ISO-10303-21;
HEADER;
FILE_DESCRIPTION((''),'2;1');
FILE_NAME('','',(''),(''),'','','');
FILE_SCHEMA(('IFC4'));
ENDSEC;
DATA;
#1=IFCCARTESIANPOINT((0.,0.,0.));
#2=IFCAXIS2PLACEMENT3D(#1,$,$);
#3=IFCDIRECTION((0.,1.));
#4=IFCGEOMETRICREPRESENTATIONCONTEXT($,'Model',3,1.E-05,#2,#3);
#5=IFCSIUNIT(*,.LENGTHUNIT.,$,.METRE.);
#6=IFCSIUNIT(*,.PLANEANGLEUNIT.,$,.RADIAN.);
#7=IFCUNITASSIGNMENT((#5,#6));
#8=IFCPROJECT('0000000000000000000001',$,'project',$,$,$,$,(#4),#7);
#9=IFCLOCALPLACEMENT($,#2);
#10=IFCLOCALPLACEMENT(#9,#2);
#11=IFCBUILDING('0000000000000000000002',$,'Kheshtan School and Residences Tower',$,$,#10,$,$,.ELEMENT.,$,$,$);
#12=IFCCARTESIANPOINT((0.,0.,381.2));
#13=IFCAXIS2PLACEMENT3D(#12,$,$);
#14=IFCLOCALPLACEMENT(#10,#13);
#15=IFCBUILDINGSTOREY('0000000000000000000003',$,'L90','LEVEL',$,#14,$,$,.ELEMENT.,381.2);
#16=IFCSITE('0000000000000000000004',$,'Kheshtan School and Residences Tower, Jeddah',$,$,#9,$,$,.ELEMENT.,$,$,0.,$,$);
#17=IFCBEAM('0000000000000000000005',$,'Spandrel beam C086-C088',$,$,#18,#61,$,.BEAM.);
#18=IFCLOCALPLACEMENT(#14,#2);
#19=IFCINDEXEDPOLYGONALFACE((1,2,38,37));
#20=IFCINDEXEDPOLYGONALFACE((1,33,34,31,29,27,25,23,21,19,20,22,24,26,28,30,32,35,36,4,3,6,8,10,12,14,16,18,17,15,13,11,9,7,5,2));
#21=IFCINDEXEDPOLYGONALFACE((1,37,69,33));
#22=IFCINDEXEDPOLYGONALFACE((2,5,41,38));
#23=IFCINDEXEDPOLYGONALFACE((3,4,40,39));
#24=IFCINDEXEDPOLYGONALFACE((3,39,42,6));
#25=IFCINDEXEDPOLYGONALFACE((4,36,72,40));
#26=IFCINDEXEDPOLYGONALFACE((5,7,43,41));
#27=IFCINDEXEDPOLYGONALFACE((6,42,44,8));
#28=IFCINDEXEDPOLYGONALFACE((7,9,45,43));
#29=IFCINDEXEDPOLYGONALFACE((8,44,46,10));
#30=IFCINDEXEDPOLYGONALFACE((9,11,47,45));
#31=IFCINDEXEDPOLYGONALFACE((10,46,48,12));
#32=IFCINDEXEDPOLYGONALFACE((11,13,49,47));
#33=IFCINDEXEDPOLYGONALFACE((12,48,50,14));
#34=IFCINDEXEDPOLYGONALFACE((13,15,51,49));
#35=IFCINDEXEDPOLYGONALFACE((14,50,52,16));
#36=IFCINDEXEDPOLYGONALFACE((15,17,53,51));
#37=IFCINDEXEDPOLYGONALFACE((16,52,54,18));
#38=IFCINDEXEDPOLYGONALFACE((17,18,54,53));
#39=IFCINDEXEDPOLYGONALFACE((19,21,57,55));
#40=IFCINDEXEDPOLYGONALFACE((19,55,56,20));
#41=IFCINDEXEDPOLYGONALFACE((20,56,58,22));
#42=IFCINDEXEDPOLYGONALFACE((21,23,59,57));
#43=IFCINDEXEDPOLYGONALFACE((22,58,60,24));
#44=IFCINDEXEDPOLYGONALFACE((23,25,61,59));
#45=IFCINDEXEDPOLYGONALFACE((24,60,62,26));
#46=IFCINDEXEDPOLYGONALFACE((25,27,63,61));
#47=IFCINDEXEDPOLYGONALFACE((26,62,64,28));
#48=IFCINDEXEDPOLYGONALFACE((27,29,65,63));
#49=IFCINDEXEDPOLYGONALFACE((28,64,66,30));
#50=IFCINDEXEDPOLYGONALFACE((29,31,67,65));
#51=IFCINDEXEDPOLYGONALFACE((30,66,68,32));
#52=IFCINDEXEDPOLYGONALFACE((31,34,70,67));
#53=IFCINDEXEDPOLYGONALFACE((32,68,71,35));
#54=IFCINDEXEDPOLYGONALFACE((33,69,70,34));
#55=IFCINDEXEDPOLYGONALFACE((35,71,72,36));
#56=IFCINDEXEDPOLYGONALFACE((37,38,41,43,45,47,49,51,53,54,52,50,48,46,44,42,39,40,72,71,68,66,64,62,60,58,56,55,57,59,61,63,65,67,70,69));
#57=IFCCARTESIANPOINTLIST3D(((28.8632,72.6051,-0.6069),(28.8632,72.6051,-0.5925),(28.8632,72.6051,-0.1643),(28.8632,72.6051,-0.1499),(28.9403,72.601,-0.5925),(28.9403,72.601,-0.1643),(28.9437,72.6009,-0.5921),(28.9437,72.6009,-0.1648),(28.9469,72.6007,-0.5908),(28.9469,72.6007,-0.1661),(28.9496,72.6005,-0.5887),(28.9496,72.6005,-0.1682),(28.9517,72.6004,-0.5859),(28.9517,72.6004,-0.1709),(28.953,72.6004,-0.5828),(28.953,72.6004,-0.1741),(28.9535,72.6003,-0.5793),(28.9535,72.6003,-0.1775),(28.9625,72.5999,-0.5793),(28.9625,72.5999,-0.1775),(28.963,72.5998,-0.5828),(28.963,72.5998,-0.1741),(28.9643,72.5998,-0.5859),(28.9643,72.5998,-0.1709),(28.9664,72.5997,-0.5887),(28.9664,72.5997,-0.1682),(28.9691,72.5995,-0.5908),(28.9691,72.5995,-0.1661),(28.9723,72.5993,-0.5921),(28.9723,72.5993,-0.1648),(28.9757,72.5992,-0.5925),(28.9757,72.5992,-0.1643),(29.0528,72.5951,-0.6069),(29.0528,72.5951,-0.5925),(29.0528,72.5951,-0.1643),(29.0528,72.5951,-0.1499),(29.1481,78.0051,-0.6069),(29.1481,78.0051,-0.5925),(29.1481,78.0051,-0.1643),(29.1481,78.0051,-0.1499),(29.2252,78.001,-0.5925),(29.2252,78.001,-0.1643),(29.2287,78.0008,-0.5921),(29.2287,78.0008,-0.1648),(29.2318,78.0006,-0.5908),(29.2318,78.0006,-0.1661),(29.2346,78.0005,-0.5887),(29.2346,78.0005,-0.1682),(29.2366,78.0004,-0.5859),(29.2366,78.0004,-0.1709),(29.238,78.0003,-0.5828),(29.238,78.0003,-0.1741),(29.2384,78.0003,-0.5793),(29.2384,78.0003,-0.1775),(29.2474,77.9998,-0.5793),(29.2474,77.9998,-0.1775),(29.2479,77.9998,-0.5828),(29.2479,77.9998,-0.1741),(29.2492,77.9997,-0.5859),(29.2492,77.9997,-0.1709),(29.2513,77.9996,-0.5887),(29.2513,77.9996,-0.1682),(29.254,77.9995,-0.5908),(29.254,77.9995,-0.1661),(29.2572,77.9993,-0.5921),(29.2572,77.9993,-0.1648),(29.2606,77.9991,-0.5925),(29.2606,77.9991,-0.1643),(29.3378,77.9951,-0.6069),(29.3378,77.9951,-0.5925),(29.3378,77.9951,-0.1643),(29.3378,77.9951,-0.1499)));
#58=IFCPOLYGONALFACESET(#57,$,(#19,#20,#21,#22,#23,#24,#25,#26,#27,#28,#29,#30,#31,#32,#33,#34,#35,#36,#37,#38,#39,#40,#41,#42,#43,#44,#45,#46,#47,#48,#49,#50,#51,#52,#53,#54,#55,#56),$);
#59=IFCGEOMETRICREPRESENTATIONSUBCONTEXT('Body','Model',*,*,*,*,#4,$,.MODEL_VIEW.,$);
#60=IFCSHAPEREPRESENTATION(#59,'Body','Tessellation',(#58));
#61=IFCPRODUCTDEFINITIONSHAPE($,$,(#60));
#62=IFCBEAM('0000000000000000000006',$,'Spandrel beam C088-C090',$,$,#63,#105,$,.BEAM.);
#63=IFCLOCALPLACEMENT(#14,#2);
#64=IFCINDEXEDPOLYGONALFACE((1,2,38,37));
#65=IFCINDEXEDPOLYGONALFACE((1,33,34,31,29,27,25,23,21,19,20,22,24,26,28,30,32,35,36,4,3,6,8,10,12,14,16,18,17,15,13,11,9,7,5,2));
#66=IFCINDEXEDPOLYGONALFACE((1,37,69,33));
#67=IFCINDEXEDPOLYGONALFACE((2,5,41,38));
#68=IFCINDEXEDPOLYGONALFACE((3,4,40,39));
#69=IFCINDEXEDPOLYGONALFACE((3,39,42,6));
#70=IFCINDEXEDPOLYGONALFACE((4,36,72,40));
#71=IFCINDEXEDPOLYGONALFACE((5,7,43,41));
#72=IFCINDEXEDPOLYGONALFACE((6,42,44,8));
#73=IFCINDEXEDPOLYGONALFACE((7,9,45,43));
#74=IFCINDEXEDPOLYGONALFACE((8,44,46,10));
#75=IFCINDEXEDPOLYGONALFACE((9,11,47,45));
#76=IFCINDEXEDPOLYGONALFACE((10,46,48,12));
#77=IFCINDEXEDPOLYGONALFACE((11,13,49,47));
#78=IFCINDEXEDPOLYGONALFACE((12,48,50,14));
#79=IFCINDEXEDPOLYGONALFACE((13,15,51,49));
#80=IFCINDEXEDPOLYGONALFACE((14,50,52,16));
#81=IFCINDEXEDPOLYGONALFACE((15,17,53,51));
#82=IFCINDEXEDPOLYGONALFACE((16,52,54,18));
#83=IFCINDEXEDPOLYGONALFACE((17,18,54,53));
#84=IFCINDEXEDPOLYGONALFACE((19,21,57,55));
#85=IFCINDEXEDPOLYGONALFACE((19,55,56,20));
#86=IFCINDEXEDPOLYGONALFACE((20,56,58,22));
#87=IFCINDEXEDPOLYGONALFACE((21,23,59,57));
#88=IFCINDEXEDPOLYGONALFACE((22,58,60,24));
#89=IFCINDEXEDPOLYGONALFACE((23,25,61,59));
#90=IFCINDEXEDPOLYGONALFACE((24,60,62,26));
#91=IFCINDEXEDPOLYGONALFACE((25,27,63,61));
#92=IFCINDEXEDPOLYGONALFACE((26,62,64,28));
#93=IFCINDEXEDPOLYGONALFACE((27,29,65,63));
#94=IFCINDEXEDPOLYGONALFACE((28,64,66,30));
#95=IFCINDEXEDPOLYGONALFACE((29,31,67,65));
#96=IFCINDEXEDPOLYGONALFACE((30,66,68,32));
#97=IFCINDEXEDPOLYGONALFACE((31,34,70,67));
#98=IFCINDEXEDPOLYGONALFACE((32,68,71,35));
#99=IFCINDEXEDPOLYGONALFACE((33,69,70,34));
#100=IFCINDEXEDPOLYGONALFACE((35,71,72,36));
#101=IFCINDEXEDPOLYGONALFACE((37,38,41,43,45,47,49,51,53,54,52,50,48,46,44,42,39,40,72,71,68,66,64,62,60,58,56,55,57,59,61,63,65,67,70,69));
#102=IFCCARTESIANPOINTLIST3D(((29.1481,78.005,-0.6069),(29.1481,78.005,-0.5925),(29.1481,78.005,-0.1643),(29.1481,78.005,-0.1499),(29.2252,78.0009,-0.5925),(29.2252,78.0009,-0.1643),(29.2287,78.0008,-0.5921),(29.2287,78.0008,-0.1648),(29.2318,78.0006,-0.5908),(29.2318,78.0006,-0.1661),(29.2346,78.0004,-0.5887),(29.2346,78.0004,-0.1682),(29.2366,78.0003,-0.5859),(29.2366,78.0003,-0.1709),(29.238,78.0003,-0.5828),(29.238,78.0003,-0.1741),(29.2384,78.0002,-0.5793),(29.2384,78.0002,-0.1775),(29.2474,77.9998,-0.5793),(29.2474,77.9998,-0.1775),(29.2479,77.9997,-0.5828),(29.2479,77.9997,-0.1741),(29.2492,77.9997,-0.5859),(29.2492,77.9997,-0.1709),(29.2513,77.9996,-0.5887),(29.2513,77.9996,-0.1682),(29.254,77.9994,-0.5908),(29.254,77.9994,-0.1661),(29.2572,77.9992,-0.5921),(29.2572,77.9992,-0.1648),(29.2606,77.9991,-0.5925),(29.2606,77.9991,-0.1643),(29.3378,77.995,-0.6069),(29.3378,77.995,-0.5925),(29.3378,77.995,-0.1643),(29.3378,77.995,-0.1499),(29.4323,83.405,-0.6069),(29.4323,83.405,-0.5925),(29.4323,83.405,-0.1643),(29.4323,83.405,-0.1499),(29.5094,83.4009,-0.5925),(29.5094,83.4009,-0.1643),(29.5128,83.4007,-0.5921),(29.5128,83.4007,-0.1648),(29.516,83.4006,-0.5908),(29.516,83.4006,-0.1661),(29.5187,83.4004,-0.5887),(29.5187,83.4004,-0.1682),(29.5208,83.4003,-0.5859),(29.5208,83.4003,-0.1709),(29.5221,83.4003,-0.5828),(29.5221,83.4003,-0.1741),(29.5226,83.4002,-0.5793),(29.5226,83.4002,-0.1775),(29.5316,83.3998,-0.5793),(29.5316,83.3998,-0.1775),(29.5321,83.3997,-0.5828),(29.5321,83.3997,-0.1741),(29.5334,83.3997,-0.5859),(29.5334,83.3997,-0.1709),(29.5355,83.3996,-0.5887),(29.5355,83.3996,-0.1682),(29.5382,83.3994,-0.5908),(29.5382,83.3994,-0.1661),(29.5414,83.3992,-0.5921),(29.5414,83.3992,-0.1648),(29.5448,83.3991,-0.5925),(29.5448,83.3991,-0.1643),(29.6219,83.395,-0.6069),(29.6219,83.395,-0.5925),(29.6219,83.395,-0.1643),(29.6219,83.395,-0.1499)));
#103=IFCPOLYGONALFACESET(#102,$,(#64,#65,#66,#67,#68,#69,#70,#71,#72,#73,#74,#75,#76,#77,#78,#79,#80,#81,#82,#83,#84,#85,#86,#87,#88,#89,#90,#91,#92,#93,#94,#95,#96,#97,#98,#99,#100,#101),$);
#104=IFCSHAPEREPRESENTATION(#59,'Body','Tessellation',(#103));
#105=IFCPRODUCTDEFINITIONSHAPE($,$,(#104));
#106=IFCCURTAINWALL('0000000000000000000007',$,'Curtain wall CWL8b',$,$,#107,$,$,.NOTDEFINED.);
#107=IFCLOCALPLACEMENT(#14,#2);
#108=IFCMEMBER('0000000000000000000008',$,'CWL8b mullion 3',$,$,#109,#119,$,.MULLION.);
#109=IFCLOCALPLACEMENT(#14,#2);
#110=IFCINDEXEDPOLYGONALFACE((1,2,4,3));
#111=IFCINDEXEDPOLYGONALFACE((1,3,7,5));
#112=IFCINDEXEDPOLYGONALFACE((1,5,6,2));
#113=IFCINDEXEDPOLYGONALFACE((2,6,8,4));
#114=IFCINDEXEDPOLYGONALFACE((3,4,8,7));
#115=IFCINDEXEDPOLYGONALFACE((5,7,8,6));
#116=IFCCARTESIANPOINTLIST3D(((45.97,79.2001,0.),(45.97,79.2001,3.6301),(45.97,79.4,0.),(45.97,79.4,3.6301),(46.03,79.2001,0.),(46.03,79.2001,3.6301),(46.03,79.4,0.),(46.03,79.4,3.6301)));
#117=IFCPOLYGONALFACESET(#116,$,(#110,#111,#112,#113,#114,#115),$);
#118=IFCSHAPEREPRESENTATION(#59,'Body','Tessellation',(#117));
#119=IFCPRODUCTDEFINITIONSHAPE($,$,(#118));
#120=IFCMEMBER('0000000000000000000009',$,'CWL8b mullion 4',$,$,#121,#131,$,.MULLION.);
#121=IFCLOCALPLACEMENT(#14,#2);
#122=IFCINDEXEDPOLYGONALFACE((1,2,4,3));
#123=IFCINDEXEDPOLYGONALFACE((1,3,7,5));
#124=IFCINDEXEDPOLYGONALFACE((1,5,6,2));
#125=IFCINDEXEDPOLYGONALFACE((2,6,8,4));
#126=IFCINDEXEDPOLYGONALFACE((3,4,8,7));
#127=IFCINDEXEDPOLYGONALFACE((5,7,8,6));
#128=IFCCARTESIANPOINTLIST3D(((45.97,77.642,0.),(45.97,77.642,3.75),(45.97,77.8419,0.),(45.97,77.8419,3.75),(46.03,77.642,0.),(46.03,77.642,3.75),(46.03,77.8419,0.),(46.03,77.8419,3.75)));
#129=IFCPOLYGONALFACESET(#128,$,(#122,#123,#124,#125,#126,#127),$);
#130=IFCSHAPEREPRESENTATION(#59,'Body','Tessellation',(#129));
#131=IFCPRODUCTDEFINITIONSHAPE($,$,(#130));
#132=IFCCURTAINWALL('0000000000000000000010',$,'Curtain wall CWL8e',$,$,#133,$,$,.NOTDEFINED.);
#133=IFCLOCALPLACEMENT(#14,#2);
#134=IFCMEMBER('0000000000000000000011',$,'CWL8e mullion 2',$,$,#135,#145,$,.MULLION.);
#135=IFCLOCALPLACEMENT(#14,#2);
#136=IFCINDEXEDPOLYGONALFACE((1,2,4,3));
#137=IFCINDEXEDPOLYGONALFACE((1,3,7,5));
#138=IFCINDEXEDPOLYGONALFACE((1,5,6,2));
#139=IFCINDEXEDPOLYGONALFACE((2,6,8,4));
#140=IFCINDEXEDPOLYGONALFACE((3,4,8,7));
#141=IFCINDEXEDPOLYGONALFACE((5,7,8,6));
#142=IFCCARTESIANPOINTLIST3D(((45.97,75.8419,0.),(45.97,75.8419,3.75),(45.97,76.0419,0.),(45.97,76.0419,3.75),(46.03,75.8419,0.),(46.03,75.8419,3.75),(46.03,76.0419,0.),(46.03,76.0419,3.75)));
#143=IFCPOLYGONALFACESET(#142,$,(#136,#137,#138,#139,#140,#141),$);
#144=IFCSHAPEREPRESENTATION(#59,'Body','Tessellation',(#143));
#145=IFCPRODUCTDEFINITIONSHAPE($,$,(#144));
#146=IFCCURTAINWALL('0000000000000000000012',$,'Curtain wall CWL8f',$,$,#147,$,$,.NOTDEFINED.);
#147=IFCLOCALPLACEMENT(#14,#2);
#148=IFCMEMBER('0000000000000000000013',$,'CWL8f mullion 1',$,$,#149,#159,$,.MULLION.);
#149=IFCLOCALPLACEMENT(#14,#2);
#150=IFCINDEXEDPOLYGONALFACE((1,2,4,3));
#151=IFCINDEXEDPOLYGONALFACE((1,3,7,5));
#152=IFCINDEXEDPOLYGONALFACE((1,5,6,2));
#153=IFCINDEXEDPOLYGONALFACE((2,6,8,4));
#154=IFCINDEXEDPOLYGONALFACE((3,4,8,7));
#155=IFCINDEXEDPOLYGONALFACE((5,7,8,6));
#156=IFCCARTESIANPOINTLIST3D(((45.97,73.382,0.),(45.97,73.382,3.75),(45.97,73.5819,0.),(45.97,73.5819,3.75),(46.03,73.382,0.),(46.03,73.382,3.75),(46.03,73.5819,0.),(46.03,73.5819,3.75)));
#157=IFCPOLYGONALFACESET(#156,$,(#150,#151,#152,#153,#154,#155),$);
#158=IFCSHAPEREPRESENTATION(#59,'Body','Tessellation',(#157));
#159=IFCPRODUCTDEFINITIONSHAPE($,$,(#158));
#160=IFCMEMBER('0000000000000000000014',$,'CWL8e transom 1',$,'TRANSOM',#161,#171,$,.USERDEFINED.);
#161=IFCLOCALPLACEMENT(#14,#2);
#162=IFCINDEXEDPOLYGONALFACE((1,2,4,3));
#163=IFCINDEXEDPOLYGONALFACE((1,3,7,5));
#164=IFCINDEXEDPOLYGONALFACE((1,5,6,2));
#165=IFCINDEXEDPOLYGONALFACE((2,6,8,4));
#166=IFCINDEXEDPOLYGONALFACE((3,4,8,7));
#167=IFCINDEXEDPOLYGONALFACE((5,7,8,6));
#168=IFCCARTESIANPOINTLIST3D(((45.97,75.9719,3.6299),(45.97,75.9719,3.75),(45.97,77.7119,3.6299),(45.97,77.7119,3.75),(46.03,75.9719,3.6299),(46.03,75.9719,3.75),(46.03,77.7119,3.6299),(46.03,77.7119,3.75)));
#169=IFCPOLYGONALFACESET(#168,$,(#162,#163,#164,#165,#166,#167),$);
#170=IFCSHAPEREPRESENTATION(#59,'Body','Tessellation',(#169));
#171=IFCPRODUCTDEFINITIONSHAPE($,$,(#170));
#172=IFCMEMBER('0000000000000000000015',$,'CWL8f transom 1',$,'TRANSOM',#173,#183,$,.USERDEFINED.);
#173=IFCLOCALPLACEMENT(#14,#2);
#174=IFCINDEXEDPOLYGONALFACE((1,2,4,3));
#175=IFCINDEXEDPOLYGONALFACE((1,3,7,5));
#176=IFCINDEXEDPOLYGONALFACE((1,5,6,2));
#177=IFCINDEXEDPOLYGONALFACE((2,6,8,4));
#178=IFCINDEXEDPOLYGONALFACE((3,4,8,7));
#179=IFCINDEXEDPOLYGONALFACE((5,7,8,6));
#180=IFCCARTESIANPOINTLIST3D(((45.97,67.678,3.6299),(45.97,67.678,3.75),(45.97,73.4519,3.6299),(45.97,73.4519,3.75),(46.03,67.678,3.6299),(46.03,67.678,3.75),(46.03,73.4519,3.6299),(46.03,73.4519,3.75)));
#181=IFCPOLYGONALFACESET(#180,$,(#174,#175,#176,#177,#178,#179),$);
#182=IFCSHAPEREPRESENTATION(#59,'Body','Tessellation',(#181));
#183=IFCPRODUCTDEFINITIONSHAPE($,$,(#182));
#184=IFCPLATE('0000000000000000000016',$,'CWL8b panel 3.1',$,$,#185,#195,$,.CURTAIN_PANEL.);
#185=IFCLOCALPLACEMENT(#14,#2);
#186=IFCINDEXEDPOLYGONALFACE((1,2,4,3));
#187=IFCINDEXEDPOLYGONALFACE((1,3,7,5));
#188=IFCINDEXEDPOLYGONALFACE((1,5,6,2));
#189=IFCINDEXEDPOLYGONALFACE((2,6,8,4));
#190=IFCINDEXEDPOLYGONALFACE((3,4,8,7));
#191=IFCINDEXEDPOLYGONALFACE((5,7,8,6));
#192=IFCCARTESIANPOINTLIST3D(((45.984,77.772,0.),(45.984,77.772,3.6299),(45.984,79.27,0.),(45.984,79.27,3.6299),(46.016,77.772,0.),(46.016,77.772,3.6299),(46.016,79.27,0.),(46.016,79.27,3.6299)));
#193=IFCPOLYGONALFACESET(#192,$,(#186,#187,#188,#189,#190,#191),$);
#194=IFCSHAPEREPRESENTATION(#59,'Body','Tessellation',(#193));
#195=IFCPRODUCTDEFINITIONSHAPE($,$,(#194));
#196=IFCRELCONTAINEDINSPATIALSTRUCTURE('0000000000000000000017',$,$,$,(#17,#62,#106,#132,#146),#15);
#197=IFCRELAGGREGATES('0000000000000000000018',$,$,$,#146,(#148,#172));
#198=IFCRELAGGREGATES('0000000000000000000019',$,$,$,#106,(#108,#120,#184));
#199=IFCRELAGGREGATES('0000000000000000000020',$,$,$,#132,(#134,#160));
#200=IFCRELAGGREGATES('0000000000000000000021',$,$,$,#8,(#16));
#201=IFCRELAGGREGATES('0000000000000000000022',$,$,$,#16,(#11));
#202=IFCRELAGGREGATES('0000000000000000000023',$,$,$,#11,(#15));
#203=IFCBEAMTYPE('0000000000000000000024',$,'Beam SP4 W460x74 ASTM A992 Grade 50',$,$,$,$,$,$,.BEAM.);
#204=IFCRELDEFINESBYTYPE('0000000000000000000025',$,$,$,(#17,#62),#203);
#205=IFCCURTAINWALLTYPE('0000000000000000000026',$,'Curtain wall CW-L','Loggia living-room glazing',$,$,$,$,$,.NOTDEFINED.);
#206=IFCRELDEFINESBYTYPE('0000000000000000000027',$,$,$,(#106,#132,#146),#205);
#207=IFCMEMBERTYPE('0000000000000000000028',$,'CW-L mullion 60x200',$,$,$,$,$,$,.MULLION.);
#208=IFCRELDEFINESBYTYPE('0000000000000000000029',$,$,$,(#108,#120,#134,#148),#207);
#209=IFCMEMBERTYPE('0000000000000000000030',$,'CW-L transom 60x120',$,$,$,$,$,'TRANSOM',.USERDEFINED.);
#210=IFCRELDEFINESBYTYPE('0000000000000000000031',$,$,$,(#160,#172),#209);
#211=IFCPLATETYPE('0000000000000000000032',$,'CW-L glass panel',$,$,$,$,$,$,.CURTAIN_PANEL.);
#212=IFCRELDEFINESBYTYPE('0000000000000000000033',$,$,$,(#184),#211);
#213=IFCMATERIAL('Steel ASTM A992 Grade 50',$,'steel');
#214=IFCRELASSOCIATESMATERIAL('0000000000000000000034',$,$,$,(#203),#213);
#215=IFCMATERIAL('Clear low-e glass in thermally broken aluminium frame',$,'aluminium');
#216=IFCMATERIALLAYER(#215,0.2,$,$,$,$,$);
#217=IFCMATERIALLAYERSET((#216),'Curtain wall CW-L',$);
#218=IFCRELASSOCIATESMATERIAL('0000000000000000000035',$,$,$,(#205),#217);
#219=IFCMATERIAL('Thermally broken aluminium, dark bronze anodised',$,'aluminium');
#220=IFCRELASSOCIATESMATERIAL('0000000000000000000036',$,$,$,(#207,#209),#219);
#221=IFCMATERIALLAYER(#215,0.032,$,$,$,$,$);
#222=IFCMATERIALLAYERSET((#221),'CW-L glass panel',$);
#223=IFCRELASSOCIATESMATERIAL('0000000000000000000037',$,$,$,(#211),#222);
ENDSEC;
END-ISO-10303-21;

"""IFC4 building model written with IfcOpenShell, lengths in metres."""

from ifc_helpers import new_model, si_unit, direction, frame, origin, origin_2d, place, context, subcontext, project, spatial, rectangle, i_section, extrude, material, layer, layer_set, material_profile, profile_set, type_object, element, aggregate, save


model = new_model("IFC4")

# Units and contexts
model_context = context("Model", 3, precision=1e-05, world=origin(), true_north=direction((0.0, 1.0)))
body_context = subcontext(model_context, "Body", "Model", "MODEL_VIEW")
ifc_project = project(units=[si_unit("LENGTHUNIT", "METRE"), si_unit("PLANEANGLEUNIT", "RADIAN")], contexts=[model_context])

# Site, building, storey
site_placement = place(None, origin())
site = spatial("IfcSite", under=ifc_project, at=site_placement, Name="Kheshtan School and Residences Tower, Jeddah", CompositionType="ELEMENT", RefElevation=0.0)
building_placement = place(site_placement, origin())
building = spatial("IfcBuilding", under=site, at=building_placement, Name="Kheshtan School and Residences Tower", CompositionType="ELEMENT")
storey_placement = place(building_placement, frame((0.0, 0.0, 381.2)))
storey = spatial("IfcBuildingStorey", under=building, at=storey_placement, Name="L90", Description="LEVEL", CompositionType="ELEMENT", Elevation=381.2)

# Shared definitions
ifc_material_1 = material(Name="Steel ASTM A992 Grade 50", Category="steel")

# Beams
ifc_material_profile_1 = material_profile(ifc_material_1, i_section(OverallWidth=0.1899, OverallDepth=0.457, WebThickness=0.009, FlangeThickness=0.0144, FilletRadius=0.0132, at=origin_2d()), Name="W460x74")
ifc_profile_set_1 = profile_set([ifc_material_profile_1], Name="Steel ASTM A992 Grade 50")
beam_type_1 = type_object("IfcBeamType", Name="Beam SP4 W460x74 ASTM A992 Grade 50", PredefinedType="BEAM", material=ifc_profile_set_1)
for number, where, z_axis, x_axis, name in (
    (1, (28.958, 72.6001, -0.3784), (0.052689, 0.998611, 0.0), (-0.998611, 0.052689, 0.0), "Spandrel beam C086-C088"),
    (2, (29.2429, 78.0, -0.3784), (0.052554, 0.998618, 0.0), (-0.998618, 0.052554, 0.0), "Spandrel beam C088-C090"),
):
    element("IfcBeam", number, at=place(storey_placement, frame(where, z_axis=z_axis, x_axis=x_axis)), inside=storey, type_object=beam_type_1, Name=name, PredefinedType="BEAM", context=body_context, shape_type="SweptSolid", body=[
        extrude(i_section(OverallWidth=0.1899, OverallDepth=0.457, WebThickness=0.009, FlangeThickness=0.0144, FilletRadius=0.0132, at=origin_2d()), origin(), (0.0, 0.0, 1.0), 5.4075),
    ])

# Curtain wall, members
ifc_material_2 = material(Name="Clear low-e glass in thermally broken aluminium frame", Category="aluminium")
ifc_layer_1 = layer(ifc_material_2, 0.2)
ifc_layer_set_1 = layer_set([ifc_layer_1], Name="Curtain wall CW-L")
curtain_wall_type = type_object("IfcCurtainWallType", Name="Curtain wall CW-L", Description="Loggia living-room glazing", PredefinedType="NOTDEFINED", material=ifc_layer_set_1)
curtain_wall_1_placement = place(storey_placement, origin())
curtain_wall_1 = element("IfcCurtainWall", 3, at=curtain_wall_1_placement, inside=storey, type_object=curtain_wall_type, Name="Curtain wall CWL8b", PredefinedType="NOTDEFINED")
ifc_material_3 = material(Name="Thermally broken aluminium, dark bronze anodised", Category="aluminium")
ifc_material_profile_2 = material_profile(ifc_material_3, rectangle(XDim=0.0601, YDim=0.2, at=origin_2d()), Name="CW-L mullion 60x200")
ifc_profile_set_2 = profile_set([ifc_material_profile_2], Name="Thermally broken aluminium, dark bronze anodised")
member_type_1 = type_object("IfcMemberType", Name="CW-L mullion 60x200", PredefinedType="MULLION", material=ifc_profile_set_2)
member_1_placement = place(storey_placement, frame((46.0, 79.3, 0.0), z_axis=(0.0, 0.0, 1.0), x_axis=(1.0, 0.0, 0.0)))
member_1 = element("IfcMember", 4, at=member_1_placement, type_object=member_type_1, Name="CWL8b mullion 3", PredefinedType="MULLION", context=body_context, shape_type="SweptSolid", body=[
    extrude(rectangle(XDim=0.0601, YDim=0.2, at=origin_2d()), origin(), (0.0, 0.0, 1.0), 3.6301),
])
member_2_placement = place(storey_placement, frame((46.0, 77.7419, 0.0), z_axis=(0.0, 0.0, 1.0), x_axis=(1.0, 0.0, 0.0)))
member_2 = element("IfcMember", 5, at=member_2_placement, type_object=member_type_1, Name="CWL8b mullion 4", PredefinedType="MULLION", context=body_context, shape_type="SweptSolid", body=[
    extrude(rectangle(XDim=0.0601, YDim=0.2, at=origin_2d()), origin(), (0.0, 0.0, 1.0), 3.75),
])

# Curtain walls, members
curtain_wall_2_placement = place(storey_placement, origin())
curtain_wall_2 = element("IfcCurtainWall", 6, at=curtain_wall_2_placement, inside=storey, type_object=curtain_wall_type, Name="Curtain wall CWL8e", PredefinedType="NOTDEFINED")
member_3_placement = place(storey_placement, frame((46.0, 75.9419, 0.0), z_axis=(0.0, 0.0, 1.0), x_axis=(1.0, 0.0, 0.0)))
member_3 = element("IfcMember", 7, at=member_3_placement, type_object=member_type_1, Name="CWL8e mullion 2", PredefinedType="MULLION", context=body_context, shape_type="SweptSolid", body=[
    extrude(rectangle(XDim=0.0601, YDim=0.2, at=origin_2d()), origin(), (0.0, 0.0, 1.0), 3.75),
])
curtain_wall_3_placement = place(storey_placement, origin())
curtain_wall_3 = element("IfcCurtainWall", 8, at=curtain_wall_3_placement, inside=storey, type_object=curtain_wall_type, Name="Curtain wall CWL8f", PredefinedType="NOTDEFINED")
member_4_placement = place(storey_placement, frame((46.0, 73.4819, 0.0), z_axis=(0.0, 0.0, 1.0), x_axis=(1.0, 0.0, 0.0)))
member_4 = element("IfcMember", 9, at=member_4_placement, type_object=member_type_1, Name="CWL8f mullion 1", PredefinedType="MULLION", context=body_context, shape_type="SweptSolid", body=[
    extrude(rectangle(XDim=0.0601, YDim=0.2, at=origin_2d()), origin(), (0.0, 0.0, 1.0), 3.75),
])

# Members
ifc_material_profile_3 = material_profile(ifc_material_3, rectangle(XDim=0.0601, YDim=0.1201, at=origin_2d()), Name="CW-L transom 60x120")
ifc_profile_set_3 = profile_set([ifc_material_profile_3], Name="Thermally broken aluminium, dark bronze anodised")
member_type_2 = type_object("IfcMemberType", Name="CW-L transom 60x120", ElementType="TRANSOM", PredefinedType="USERDEFINED", material=ifc_profile_set_3)
member_5_placement = place(storey_placement, frame((46.0, 77.7119, 3.6899), z_axis=(0.0, -1.0, 0.0), x_axis=(1.0, 0.0, 0.0)))
member_5 = element("IfcMember", 10, at=member_5_placement, type_object=member_type_2, Name="CWL8e transom 1", ObjectType="TRANSOM", PredefinedType="USERDEFINED", context=body_context, shape_type="SweptSolid", body=[
    extrude(rectangle(XDim=0.0601, YDim=0.1201, at=origin_2d()), origin(), (0.0, 0.0, 1.0), 1.74),
])
member_6_placement = place(storey_placement, frame((46.0, 73.4519, 3.6899), z_axis=(0.0, -1.0, 0.0), x_axis=(1.0, 0.0, 0.0)))
member_6 = element("IfcMember", 11, at=member_6_placement, type_object=member_type_2, Name="CWL8f transom 1", ObjectType="TRANSOM", PredefinedType="USERDEFINED", context=body_context, shape_type="SweptSolid", body=[
    extrude(rectangle(XDim=0.0601, YDim=0.1201, at=origin_2d()), origin(), (0.0, 0.0, 1.0), 5.7739),
])
aggregate(curtain_wall_3, [member_4, member_6])

# Plate
ifc_layer_2 = layer(ifc_material_2, 0.032)
ifc_layer_set_2 = layer_set([ifc_layer_2], Name="CW-L glass panel")
plate_type = type_object("IfcPlateType", Name="CW-L glass panel", PredefinedType="CURTAIN_PANEL", material=ifc_layer_set_2)
plate_1_placement = place(storey_placement, frame((46.0, 78.521, 0.0), z_axis=(0.0, 0.0, 1.0), x_axis=(0.0, -1.0, 0.0)))
plate_1 = element("IfcPlate", 12, at=plate_1_placement, type_object=plate_type, Name="CWL8b panel 3.1", PredefinedType="CURTAIN_PANEL", context=body_context, shape_type="SweptSolid", body=[
    extrude(rectangle(XDim=1.498, YDim=0.032, at=origin_2d()), origin(), (0.0, 0.0, 1.0), 3.6299),
])
aggregate(curtain_wall_1, [member_1, member_2, plate_1])
aggregate(curtain_wall_2, [member_3, member_5])

save(model, "model.ifc")
